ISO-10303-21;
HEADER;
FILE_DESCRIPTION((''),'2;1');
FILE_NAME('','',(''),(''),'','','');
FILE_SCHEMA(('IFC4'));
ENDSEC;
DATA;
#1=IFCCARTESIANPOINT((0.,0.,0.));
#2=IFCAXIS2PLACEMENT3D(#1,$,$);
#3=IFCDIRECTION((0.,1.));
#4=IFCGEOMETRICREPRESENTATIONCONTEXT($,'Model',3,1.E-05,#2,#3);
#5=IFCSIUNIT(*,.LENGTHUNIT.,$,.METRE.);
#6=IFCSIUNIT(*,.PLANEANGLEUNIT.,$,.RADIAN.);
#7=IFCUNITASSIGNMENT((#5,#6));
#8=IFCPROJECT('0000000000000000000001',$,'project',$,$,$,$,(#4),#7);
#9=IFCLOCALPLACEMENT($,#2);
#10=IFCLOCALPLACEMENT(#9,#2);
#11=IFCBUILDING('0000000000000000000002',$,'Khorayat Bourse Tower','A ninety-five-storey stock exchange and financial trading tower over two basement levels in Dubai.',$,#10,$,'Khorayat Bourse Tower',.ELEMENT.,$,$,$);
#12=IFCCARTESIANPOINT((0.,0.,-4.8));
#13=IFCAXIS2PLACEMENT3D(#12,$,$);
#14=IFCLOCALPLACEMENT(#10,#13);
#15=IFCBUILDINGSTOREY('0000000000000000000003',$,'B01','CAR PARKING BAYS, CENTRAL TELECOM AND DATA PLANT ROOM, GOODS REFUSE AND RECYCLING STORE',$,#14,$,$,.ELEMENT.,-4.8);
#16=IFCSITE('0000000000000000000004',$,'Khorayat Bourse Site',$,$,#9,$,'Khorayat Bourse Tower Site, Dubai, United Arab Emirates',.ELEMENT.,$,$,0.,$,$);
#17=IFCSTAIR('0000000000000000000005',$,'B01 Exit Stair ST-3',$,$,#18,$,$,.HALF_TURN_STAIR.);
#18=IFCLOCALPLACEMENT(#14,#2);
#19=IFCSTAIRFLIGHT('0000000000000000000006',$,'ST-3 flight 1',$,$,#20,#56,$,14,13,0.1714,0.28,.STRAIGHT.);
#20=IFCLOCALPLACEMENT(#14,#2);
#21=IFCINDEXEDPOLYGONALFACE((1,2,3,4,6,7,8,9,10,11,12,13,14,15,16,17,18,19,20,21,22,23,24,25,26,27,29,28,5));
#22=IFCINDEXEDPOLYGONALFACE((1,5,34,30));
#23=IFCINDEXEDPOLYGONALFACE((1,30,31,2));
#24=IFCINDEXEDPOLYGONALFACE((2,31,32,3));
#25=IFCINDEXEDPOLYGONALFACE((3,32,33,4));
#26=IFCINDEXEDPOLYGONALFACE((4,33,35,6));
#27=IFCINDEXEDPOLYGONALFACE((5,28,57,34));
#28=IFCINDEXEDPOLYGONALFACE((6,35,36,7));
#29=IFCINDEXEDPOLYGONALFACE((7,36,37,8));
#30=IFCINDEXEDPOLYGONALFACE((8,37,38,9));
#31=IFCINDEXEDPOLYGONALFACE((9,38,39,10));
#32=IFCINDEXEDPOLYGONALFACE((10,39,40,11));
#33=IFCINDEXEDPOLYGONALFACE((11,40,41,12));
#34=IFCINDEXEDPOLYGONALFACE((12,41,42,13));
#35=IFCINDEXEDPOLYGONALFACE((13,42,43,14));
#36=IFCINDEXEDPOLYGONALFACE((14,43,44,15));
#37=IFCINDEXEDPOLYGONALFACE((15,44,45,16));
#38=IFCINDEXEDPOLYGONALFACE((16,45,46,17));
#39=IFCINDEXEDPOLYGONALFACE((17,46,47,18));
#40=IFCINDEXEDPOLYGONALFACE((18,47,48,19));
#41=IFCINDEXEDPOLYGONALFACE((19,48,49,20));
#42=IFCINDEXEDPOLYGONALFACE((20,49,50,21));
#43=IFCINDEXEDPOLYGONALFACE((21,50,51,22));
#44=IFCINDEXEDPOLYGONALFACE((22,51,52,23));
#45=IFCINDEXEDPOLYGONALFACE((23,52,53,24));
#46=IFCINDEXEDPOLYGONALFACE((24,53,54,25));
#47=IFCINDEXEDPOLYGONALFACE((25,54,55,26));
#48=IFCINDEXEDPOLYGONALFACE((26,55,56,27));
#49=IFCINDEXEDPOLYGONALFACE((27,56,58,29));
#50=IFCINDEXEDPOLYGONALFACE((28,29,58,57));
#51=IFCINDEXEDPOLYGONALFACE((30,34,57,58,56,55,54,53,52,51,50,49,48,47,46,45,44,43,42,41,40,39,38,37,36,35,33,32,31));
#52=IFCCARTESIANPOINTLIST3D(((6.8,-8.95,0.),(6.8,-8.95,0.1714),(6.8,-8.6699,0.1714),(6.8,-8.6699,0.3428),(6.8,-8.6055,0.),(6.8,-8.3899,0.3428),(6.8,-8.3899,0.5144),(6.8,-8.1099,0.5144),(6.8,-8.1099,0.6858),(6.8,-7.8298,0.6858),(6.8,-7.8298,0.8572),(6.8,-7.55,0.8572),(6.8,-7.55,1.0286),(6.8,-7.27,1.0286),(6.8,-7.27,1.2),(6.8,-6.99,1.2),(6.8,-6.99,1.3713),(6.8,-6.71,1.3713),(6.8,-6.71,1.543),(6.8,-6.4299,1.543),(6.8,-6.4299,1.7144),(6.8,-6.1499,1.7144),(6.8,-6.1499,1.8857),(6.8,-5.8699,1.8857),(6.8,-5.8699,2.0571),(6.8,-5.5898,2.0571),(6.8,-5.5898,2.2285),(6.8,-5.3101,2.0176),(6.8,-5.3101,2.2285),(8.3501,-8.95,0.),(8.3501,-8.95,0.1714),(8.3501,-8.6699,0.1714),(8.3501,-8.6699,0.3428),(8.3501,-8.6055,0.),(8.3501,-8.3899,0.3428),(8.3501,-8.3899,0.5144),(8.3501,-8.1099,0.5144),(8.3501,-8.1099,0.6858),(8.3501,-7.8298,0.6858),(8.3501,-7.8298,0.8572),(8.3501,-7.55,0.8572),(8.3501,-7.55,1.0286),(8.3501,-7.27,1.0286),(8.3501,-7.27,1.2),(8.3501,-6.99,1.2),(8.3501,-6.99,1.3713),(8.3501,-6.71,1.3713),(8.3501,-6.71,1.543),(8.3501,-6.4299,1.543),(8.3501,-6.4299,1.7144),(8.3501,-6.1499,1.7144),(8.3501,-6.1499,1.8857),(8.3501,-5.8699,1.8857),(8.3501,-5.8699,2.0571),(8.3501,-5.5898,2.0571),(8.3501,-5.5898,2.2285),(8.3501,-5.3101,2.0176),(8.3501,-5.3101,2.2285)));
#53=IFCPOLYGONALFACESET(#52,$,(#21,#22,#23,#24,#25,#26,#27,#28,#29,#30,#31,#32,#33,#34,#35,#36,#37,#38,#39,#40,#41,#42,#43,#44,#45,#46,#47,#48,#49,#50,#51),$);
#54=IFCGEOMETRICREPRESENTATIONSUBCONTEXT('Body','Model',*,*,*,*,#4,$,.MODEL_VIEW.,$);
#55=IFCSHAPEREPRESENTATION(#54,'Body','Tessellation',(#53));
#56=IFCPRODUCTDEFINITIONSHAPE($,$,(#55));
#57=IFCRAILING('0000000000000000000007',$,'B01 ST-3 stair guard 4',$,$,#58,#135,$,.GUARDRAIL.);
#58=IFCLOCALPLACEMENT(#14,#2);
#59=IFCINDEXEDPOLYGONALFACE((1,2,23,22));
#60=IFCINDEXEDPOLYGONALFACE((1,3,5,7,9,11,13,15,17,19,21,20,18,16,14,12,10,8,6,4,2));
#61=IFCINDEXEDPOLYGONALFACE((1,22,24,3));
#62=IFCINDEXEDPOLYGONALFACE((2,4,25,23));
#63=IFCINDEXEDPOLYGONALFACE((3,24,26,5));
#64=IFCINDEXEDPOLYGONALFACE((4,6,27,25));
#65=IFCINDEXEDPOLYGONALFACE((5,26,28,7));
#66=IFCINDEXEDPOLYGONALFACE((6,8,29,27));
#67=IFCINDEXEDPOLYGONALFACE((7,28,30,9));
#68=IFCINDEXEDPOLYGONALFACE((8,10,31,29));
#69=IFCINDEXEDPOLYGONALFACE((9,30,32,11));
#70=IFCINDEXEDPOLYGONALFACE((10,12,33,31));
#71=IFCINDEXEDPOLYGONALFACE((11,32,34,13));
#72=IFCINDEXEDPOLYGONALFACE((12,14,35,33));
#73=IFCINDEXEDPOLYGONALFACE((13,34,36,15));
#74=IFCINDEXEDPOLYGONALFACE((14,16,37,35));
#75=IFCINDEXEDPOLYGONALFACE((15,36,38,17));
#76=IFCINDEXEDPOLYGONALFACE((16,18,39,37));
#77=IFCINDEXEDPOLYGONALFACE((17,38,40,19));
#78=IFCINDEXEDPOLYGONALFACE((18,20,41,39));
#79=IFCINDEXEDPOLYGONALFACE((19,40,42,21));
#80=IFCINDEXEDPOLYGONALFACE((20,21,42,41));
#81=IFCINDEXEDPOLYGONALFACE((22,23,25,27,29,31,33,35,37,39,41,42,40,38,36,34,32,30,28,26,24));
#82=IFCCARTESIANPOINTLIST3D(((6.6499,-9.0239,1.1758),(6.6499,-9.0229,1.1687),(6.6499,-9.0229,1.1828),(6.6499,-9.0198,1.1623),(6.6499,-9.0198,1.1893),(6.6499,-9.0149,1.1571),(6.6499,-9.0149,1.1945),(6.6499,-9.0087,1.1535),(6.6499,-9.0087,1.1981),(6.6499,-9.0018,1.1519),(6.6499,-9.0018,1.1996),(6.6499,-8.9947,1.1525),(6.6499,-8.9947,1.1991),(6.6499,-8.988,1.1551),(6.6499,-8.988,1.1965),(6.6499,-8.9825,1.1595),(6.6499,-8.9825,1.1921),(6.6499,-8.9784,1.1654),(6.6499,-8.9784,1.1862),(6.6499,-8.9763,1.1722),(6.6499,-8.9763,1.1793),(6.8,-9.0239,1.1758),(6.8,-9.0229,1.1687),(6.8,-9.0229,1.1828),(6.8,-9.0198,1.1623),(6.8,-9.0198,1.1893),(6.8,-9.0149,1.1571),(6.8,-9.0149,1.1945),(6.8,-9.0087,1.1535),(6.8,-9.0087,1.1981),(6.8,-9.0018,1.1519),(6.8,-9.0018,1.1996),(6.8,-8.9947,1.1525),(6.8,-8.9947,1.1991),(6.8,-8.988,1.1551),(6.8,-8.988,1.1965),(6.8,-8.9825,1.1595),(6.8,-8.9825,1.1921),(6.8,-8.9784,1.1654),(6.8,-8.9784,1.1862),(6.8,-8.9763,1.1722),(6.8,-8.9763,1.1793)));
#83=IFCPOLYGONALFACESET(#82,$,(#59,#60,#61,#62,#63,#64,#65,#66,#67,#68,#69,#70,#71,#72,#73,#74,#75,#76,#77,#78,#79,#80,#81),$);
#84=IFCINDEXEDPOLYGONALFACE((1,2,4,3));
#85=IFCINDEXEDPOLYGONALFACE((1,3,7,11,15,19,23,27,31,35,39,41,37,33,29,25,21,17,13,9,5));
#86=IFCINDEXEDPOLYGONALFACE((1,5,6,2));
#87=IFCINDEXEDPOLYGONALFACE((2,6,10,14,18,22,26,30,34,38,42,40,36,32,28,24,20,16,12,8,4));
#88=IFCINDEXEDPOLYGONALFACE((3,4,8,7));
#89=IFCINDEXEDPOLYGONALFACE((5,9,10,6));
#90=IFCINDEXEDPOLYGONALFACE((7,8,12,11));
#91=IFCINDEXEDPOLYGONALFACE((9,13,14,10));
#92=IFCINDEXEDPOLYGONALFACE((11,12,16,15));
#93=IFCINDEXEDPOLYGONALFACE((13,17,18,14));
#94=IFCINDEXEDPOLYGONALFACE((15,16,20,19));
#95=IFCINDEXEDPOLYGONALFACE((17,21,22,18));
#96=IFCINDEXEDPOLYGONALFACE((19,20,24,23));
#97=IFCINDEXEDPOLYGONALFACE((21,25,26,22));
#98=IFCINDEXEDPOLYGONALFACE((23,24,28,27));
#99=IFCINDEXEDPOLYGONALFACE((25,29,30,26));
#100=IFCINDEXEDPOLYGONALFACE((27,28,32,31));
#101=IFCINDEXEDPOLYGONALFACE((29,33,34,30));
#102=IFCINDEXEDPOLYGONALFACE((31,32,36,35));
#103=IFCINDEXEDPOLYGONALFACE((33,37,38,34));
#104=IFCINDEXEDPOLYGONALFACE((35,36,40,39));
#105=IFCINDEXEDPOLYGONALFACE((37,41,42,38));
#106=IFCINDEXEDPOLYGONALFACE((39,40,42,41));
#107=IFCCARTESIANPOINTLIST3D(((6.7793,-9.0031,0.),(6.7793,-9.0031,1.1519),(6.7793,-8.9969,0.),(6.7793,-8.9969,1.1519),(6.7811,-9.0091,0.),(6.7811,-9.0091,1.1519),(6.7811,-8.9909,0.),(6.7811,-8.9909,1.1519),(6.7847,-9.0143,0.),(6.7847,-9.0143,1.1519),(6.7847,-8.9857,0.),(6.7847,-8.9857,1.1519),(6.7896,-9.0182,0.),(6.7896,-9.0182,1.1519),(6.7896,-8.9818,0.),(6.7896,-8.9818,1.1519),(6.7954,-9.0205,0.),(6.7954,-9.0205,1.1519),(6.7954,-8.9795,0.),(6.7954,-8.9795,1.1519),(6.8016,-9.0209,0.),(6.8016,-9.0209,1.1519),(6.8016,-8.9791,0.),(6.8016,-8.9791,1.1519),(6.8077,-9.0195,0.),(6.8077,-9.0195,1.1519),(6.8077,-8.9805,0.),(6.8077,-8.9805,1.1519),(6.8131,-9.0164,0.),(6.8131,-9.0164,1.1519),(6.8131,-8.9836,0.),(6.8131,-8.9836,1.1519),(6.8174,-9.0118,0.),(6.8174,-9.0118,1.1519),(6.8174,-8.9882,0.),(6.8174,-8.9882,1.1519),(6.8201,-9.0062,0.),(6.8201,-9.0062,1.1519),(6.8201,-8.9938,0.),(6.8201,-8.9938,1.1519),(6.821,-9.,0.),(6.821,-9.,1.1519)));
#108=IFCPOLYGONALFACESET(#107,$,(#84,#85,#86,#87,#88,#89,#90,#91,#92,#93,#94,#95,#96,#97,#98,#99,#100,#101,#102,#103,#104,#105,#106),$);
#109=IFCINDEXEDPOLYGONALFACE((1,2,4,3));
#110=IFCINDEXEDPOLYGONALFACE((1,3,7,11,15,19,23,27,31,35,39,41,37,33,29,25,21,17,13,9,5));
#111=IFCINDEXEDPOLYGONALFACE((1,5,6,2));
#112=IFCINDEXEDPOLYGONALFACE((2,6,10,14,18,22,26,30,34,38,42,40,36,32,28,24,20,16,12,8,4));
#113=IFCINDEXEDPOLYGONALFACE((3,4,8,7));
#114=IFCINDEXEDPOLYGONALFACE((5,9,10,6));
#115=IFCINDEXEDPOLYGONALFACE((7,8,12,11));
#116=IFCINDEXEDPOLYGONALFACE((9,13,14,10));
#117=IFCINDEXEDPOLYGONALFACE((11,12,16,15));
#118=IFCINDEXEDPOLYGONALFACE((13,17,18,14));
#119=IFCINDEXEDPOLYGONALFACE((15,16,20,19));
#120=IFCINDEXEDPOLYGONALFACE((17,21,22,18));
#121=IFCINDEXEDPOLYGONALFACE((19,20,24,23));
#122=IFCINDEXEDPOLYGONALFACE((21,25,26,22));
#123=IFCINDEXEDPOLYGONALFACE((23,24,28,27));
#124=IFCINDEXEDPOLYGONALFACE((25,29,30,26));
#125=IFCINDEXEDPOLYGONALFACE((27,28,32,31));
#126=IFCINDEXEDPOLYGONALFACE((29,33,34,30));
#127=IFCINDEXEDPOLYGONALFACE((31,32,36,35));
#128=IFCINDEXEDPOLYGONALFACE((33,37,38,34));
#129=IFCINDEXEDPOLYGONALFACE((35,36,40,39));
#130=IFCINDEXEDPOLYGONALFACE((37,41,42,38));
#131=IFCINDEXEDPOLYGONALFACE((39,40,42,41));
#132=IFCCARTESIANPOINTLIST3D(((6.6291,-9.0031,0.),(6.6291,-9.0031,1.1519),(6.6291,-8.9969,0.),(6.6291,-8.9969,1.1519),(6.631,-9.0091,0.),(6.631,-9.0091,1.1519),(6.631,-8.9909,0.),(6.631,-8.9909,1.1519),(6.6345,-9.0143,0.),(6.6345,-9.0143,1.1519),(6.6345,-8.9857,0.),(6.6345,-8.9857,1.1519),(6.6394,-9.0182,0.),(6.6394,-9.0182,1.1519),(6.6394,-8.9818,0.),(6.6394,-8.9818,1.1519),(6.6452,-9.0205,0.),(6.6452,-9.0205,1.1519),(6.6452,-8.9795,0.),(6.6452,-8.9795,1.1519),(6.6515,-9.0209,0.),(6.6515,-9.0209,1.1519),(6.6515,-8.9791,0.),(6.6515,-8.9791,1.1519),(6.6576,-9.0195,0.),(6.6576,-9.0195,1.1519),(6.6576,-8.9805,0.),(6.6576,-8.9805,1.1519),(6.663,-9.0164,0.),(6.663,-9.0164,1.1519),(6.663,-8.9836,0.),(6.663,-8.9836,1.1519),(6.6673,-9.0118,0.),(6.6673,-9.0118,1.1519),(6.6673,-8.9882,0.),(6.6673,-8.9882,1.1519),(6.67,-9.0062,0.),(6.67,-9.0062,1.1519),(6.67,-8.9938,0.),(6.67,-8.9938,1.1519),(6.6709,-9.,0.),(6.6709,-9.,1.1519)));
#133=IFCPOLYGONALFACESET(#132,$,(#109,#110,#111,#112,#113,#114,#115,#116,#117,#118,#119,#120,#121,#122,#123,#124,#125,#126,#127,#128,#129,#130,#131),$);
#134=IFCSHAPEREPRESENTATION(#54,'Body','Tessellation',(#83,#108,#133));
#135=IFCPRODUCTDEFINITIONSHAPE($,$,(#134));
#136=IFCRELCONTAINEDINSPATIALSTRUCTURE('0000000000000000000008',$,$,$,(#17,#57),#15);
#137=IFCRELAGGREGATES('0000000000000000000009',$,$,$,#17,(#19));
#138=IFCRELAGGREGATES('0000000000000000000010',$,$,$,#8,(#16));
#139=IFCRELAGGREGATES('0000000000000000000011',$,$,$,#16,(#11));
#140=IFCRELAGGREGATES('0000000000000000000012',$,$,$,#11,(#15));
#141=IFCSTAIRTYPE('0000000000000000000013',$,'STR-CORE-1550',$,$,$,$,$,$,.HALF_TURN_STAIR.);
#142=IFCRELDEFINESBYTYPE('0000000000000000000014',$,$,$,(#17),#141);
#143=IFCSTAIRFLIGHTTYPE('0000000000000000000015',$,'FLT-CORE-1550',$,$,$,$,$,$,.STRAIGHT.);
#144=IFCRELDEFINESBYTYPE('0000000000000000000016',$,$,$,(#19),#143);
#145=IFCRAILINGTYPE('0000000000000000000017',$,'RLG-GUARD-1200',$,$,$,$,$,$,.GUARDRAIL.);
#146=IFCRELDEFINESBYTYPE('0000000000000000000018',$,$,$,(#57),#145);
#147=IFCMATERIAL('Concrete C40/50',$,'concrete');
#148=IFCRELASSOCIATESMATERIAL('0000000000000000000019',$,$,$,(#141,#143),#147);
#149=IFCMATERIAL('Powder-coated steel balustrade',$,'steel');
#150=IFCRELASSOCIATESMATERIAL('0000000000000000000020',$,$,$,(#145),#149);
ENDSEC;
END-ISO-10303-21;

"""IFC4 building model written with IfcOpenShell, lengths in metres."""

from ifc_helpers import new_model, si_unit, direction, frame, origin, origin_2d, place, context, subcontext, project, spatial, polyline, circle, outline, extrude, source, transform, mapped, material, type_object, element, aggregate, save


model = new_model("IFC4")

# Units and contexts
model_context = context("Model", 3, precision=1e-05, world=origin(), true_north=direction((0.0, 1.0)))
body_context = subcontext(model_context, "Body", "Model", "MODEL_VIEW")
ifc_project = project(units=[si_unit("LENGTHUNIT", "METRE"), si_unit("PLANEANGLEUNIT", "RADIAN")], contexts=[model_context])

# Site, building, storey
site_placement = place(None, origin())
site = spatial("IfcSite", under=ifc_project, at=site_placement, Name="Khorayat Bourse Site", LongName="Khorayat Bourse Tower Site, Dubai, United Arab Emirates", CompositionType="ELEMENT", RefElevation=0.0)
building_placement = place(site_placement, origin())
building = spatial("IfcBuilding", under=site, at=building_placement, Name="Khorayat Bourse Tower", Description="A ninety-five-storey stock exchange and financial trading tower over two basement levels in Dubai.", LongName="Khorayat Bourse Tower", CompositionType="ELEMENT")
storey_placement = place(building_placement, frame((0.0, 0.0, -4.8)))
storey = spatial("IfcBuildingStorey", under=building, at=storey_placement, Name="B01", Description="CAR PARKING BAYS, CENTRAL TELECOM AND DATA PLANT ROOM, GOODS REFUSE AND RECYCLING STORE", CompositionType="ELEMENT", Elevation=-4.8)

# Stair, stair flight
ifc_material_1 = material(Name="Concrete C40/50", Category="concrete")
stair_type = type_object("IfcStairType", Name="STR-CORE-1550", PredefinedType="HALF_TURN_STAIR", material=ifc_material_1)
stair_placement = place(storey_placement, origin())
stair = element("IfcStair", 1, at=stair_placement, inside=storey, type_object=stair_type, Name="B01 Exit Stair ST-3", PredefinedType="HALF_TURN_STAIR")
stair_flight_type = type_object("IfcStairFlightType", Name="FLT-CORE-1550", PredefinedType="STRAIGHT", material=ifc_material_1)
shared_shape_1 = source(origin(), body_context, "Body", "SweptSolid", [
    extrude(outline(polyline([(0.0, 0.0), (0.0, 0.1714), (0.28, 0.1714), (0.28, 0.3428), (0.5601, 0.3428), (0.5601, 0.5144), (0.8401, 0.5144), (0.8401, 0.6858), (1.1201, 0.6858), (1.1201, 0.8572), (1.3999, 0.8572), (1.3999, 1.0286), (1.6799, 1.0286), (1.6799, 1.2), (1.96, 1.2), (1.96, 1.3713), (2.24, 1.3713), (2.24, 1.543), (2.52, 1.543), (2.52, 1.7144), (2.8, 1.7144), (2.8, 1.8857), (3.0801, 1.8857), (3.0801, 2.0571), (3.3601, 2.0571), (3.3601, 2.2285), (3.6399, 2.2285), (3.6399, 2.3999), (3.6399, 2.0176), (0.3445, 0.0), (0.0, 0.0)])), frame((0.0, 0.7749, 0.0), z_axis=(0.0, -1.0, 0.0), x_axis=(1.0, 0.0, 0.0)), (0.0, 0.0, 1.0), 1.55),
])
stair_flight_placement = place(storey_placement, frame((7.575, -8.95, 0.0), z_axis=(0.0, 0.0, 1.0), x_axis=(0.0, 1.0, 0.0)))
stair_flight = element("IfcStairFlight", 2, at=stair_flight_placement, type_object=stair_flight_type, Name="ST-3 flight 1", NumberOfRisers=14, NumberOfTreads=13, PredefinedType="STRAIGHT", RiserHeight=0.1714, TreadLength=0.28, context=body_context, shape_type="MappedRepresentation", body=[
    mapped(shared_shape_1, transform((0.0, 0.0, 0.0), scale=1.0)),
])
aggregate(stair, [stair_flight])

# Railing
ifc_material_2 = material(Name="Powder-coated steel balustrade", Category="steel")
railing_type_1 = type_object("IfcRailingType", Name="RLG-GUARD-1200", PredefinedType="GUARDRAIL", material=ifc_material_2)
shared_shape_2 = source(origin(), body_context, "Body", "SweptSolid", [
    extrude(circle(Radius=0.0239, at=origin_2d()), frame((0.0, 0.0, 1.1758), z_axis=(-1.0, 0.0, 0.0), x_axis=(0.0, -1.0, 0.0)), (0.0, 0.0, 1.0), 0.1501),
    extrude(circle(Radius=0.021, at=origin_2d()), origin(), (0.0, 0.0, 1.0), 1.1519),
    extrude(circle(Radius=0.021, at=origin_2d()), frame((-0.1501, 0.0, 0.0)), (0.0, 0.0, 1.0), 1.1519),
])
railing_1_placement = place(storey_placement, frame((6.8, -9.0, 0.0)))
element("IfcRailing", 3, at=railing_1_placement, inside=storey, type_object=railing_type_1, Name="B01 ST-3 stair guard 4", PredefinedType="GUARDRAIL", context=body_context, shape_type="MappedRepresentation", body=[
    mapped(shared_shape_2, transform((0.0, 0.0, 0.0), scale=1.0)),
])

save(model, "model.ifc")
